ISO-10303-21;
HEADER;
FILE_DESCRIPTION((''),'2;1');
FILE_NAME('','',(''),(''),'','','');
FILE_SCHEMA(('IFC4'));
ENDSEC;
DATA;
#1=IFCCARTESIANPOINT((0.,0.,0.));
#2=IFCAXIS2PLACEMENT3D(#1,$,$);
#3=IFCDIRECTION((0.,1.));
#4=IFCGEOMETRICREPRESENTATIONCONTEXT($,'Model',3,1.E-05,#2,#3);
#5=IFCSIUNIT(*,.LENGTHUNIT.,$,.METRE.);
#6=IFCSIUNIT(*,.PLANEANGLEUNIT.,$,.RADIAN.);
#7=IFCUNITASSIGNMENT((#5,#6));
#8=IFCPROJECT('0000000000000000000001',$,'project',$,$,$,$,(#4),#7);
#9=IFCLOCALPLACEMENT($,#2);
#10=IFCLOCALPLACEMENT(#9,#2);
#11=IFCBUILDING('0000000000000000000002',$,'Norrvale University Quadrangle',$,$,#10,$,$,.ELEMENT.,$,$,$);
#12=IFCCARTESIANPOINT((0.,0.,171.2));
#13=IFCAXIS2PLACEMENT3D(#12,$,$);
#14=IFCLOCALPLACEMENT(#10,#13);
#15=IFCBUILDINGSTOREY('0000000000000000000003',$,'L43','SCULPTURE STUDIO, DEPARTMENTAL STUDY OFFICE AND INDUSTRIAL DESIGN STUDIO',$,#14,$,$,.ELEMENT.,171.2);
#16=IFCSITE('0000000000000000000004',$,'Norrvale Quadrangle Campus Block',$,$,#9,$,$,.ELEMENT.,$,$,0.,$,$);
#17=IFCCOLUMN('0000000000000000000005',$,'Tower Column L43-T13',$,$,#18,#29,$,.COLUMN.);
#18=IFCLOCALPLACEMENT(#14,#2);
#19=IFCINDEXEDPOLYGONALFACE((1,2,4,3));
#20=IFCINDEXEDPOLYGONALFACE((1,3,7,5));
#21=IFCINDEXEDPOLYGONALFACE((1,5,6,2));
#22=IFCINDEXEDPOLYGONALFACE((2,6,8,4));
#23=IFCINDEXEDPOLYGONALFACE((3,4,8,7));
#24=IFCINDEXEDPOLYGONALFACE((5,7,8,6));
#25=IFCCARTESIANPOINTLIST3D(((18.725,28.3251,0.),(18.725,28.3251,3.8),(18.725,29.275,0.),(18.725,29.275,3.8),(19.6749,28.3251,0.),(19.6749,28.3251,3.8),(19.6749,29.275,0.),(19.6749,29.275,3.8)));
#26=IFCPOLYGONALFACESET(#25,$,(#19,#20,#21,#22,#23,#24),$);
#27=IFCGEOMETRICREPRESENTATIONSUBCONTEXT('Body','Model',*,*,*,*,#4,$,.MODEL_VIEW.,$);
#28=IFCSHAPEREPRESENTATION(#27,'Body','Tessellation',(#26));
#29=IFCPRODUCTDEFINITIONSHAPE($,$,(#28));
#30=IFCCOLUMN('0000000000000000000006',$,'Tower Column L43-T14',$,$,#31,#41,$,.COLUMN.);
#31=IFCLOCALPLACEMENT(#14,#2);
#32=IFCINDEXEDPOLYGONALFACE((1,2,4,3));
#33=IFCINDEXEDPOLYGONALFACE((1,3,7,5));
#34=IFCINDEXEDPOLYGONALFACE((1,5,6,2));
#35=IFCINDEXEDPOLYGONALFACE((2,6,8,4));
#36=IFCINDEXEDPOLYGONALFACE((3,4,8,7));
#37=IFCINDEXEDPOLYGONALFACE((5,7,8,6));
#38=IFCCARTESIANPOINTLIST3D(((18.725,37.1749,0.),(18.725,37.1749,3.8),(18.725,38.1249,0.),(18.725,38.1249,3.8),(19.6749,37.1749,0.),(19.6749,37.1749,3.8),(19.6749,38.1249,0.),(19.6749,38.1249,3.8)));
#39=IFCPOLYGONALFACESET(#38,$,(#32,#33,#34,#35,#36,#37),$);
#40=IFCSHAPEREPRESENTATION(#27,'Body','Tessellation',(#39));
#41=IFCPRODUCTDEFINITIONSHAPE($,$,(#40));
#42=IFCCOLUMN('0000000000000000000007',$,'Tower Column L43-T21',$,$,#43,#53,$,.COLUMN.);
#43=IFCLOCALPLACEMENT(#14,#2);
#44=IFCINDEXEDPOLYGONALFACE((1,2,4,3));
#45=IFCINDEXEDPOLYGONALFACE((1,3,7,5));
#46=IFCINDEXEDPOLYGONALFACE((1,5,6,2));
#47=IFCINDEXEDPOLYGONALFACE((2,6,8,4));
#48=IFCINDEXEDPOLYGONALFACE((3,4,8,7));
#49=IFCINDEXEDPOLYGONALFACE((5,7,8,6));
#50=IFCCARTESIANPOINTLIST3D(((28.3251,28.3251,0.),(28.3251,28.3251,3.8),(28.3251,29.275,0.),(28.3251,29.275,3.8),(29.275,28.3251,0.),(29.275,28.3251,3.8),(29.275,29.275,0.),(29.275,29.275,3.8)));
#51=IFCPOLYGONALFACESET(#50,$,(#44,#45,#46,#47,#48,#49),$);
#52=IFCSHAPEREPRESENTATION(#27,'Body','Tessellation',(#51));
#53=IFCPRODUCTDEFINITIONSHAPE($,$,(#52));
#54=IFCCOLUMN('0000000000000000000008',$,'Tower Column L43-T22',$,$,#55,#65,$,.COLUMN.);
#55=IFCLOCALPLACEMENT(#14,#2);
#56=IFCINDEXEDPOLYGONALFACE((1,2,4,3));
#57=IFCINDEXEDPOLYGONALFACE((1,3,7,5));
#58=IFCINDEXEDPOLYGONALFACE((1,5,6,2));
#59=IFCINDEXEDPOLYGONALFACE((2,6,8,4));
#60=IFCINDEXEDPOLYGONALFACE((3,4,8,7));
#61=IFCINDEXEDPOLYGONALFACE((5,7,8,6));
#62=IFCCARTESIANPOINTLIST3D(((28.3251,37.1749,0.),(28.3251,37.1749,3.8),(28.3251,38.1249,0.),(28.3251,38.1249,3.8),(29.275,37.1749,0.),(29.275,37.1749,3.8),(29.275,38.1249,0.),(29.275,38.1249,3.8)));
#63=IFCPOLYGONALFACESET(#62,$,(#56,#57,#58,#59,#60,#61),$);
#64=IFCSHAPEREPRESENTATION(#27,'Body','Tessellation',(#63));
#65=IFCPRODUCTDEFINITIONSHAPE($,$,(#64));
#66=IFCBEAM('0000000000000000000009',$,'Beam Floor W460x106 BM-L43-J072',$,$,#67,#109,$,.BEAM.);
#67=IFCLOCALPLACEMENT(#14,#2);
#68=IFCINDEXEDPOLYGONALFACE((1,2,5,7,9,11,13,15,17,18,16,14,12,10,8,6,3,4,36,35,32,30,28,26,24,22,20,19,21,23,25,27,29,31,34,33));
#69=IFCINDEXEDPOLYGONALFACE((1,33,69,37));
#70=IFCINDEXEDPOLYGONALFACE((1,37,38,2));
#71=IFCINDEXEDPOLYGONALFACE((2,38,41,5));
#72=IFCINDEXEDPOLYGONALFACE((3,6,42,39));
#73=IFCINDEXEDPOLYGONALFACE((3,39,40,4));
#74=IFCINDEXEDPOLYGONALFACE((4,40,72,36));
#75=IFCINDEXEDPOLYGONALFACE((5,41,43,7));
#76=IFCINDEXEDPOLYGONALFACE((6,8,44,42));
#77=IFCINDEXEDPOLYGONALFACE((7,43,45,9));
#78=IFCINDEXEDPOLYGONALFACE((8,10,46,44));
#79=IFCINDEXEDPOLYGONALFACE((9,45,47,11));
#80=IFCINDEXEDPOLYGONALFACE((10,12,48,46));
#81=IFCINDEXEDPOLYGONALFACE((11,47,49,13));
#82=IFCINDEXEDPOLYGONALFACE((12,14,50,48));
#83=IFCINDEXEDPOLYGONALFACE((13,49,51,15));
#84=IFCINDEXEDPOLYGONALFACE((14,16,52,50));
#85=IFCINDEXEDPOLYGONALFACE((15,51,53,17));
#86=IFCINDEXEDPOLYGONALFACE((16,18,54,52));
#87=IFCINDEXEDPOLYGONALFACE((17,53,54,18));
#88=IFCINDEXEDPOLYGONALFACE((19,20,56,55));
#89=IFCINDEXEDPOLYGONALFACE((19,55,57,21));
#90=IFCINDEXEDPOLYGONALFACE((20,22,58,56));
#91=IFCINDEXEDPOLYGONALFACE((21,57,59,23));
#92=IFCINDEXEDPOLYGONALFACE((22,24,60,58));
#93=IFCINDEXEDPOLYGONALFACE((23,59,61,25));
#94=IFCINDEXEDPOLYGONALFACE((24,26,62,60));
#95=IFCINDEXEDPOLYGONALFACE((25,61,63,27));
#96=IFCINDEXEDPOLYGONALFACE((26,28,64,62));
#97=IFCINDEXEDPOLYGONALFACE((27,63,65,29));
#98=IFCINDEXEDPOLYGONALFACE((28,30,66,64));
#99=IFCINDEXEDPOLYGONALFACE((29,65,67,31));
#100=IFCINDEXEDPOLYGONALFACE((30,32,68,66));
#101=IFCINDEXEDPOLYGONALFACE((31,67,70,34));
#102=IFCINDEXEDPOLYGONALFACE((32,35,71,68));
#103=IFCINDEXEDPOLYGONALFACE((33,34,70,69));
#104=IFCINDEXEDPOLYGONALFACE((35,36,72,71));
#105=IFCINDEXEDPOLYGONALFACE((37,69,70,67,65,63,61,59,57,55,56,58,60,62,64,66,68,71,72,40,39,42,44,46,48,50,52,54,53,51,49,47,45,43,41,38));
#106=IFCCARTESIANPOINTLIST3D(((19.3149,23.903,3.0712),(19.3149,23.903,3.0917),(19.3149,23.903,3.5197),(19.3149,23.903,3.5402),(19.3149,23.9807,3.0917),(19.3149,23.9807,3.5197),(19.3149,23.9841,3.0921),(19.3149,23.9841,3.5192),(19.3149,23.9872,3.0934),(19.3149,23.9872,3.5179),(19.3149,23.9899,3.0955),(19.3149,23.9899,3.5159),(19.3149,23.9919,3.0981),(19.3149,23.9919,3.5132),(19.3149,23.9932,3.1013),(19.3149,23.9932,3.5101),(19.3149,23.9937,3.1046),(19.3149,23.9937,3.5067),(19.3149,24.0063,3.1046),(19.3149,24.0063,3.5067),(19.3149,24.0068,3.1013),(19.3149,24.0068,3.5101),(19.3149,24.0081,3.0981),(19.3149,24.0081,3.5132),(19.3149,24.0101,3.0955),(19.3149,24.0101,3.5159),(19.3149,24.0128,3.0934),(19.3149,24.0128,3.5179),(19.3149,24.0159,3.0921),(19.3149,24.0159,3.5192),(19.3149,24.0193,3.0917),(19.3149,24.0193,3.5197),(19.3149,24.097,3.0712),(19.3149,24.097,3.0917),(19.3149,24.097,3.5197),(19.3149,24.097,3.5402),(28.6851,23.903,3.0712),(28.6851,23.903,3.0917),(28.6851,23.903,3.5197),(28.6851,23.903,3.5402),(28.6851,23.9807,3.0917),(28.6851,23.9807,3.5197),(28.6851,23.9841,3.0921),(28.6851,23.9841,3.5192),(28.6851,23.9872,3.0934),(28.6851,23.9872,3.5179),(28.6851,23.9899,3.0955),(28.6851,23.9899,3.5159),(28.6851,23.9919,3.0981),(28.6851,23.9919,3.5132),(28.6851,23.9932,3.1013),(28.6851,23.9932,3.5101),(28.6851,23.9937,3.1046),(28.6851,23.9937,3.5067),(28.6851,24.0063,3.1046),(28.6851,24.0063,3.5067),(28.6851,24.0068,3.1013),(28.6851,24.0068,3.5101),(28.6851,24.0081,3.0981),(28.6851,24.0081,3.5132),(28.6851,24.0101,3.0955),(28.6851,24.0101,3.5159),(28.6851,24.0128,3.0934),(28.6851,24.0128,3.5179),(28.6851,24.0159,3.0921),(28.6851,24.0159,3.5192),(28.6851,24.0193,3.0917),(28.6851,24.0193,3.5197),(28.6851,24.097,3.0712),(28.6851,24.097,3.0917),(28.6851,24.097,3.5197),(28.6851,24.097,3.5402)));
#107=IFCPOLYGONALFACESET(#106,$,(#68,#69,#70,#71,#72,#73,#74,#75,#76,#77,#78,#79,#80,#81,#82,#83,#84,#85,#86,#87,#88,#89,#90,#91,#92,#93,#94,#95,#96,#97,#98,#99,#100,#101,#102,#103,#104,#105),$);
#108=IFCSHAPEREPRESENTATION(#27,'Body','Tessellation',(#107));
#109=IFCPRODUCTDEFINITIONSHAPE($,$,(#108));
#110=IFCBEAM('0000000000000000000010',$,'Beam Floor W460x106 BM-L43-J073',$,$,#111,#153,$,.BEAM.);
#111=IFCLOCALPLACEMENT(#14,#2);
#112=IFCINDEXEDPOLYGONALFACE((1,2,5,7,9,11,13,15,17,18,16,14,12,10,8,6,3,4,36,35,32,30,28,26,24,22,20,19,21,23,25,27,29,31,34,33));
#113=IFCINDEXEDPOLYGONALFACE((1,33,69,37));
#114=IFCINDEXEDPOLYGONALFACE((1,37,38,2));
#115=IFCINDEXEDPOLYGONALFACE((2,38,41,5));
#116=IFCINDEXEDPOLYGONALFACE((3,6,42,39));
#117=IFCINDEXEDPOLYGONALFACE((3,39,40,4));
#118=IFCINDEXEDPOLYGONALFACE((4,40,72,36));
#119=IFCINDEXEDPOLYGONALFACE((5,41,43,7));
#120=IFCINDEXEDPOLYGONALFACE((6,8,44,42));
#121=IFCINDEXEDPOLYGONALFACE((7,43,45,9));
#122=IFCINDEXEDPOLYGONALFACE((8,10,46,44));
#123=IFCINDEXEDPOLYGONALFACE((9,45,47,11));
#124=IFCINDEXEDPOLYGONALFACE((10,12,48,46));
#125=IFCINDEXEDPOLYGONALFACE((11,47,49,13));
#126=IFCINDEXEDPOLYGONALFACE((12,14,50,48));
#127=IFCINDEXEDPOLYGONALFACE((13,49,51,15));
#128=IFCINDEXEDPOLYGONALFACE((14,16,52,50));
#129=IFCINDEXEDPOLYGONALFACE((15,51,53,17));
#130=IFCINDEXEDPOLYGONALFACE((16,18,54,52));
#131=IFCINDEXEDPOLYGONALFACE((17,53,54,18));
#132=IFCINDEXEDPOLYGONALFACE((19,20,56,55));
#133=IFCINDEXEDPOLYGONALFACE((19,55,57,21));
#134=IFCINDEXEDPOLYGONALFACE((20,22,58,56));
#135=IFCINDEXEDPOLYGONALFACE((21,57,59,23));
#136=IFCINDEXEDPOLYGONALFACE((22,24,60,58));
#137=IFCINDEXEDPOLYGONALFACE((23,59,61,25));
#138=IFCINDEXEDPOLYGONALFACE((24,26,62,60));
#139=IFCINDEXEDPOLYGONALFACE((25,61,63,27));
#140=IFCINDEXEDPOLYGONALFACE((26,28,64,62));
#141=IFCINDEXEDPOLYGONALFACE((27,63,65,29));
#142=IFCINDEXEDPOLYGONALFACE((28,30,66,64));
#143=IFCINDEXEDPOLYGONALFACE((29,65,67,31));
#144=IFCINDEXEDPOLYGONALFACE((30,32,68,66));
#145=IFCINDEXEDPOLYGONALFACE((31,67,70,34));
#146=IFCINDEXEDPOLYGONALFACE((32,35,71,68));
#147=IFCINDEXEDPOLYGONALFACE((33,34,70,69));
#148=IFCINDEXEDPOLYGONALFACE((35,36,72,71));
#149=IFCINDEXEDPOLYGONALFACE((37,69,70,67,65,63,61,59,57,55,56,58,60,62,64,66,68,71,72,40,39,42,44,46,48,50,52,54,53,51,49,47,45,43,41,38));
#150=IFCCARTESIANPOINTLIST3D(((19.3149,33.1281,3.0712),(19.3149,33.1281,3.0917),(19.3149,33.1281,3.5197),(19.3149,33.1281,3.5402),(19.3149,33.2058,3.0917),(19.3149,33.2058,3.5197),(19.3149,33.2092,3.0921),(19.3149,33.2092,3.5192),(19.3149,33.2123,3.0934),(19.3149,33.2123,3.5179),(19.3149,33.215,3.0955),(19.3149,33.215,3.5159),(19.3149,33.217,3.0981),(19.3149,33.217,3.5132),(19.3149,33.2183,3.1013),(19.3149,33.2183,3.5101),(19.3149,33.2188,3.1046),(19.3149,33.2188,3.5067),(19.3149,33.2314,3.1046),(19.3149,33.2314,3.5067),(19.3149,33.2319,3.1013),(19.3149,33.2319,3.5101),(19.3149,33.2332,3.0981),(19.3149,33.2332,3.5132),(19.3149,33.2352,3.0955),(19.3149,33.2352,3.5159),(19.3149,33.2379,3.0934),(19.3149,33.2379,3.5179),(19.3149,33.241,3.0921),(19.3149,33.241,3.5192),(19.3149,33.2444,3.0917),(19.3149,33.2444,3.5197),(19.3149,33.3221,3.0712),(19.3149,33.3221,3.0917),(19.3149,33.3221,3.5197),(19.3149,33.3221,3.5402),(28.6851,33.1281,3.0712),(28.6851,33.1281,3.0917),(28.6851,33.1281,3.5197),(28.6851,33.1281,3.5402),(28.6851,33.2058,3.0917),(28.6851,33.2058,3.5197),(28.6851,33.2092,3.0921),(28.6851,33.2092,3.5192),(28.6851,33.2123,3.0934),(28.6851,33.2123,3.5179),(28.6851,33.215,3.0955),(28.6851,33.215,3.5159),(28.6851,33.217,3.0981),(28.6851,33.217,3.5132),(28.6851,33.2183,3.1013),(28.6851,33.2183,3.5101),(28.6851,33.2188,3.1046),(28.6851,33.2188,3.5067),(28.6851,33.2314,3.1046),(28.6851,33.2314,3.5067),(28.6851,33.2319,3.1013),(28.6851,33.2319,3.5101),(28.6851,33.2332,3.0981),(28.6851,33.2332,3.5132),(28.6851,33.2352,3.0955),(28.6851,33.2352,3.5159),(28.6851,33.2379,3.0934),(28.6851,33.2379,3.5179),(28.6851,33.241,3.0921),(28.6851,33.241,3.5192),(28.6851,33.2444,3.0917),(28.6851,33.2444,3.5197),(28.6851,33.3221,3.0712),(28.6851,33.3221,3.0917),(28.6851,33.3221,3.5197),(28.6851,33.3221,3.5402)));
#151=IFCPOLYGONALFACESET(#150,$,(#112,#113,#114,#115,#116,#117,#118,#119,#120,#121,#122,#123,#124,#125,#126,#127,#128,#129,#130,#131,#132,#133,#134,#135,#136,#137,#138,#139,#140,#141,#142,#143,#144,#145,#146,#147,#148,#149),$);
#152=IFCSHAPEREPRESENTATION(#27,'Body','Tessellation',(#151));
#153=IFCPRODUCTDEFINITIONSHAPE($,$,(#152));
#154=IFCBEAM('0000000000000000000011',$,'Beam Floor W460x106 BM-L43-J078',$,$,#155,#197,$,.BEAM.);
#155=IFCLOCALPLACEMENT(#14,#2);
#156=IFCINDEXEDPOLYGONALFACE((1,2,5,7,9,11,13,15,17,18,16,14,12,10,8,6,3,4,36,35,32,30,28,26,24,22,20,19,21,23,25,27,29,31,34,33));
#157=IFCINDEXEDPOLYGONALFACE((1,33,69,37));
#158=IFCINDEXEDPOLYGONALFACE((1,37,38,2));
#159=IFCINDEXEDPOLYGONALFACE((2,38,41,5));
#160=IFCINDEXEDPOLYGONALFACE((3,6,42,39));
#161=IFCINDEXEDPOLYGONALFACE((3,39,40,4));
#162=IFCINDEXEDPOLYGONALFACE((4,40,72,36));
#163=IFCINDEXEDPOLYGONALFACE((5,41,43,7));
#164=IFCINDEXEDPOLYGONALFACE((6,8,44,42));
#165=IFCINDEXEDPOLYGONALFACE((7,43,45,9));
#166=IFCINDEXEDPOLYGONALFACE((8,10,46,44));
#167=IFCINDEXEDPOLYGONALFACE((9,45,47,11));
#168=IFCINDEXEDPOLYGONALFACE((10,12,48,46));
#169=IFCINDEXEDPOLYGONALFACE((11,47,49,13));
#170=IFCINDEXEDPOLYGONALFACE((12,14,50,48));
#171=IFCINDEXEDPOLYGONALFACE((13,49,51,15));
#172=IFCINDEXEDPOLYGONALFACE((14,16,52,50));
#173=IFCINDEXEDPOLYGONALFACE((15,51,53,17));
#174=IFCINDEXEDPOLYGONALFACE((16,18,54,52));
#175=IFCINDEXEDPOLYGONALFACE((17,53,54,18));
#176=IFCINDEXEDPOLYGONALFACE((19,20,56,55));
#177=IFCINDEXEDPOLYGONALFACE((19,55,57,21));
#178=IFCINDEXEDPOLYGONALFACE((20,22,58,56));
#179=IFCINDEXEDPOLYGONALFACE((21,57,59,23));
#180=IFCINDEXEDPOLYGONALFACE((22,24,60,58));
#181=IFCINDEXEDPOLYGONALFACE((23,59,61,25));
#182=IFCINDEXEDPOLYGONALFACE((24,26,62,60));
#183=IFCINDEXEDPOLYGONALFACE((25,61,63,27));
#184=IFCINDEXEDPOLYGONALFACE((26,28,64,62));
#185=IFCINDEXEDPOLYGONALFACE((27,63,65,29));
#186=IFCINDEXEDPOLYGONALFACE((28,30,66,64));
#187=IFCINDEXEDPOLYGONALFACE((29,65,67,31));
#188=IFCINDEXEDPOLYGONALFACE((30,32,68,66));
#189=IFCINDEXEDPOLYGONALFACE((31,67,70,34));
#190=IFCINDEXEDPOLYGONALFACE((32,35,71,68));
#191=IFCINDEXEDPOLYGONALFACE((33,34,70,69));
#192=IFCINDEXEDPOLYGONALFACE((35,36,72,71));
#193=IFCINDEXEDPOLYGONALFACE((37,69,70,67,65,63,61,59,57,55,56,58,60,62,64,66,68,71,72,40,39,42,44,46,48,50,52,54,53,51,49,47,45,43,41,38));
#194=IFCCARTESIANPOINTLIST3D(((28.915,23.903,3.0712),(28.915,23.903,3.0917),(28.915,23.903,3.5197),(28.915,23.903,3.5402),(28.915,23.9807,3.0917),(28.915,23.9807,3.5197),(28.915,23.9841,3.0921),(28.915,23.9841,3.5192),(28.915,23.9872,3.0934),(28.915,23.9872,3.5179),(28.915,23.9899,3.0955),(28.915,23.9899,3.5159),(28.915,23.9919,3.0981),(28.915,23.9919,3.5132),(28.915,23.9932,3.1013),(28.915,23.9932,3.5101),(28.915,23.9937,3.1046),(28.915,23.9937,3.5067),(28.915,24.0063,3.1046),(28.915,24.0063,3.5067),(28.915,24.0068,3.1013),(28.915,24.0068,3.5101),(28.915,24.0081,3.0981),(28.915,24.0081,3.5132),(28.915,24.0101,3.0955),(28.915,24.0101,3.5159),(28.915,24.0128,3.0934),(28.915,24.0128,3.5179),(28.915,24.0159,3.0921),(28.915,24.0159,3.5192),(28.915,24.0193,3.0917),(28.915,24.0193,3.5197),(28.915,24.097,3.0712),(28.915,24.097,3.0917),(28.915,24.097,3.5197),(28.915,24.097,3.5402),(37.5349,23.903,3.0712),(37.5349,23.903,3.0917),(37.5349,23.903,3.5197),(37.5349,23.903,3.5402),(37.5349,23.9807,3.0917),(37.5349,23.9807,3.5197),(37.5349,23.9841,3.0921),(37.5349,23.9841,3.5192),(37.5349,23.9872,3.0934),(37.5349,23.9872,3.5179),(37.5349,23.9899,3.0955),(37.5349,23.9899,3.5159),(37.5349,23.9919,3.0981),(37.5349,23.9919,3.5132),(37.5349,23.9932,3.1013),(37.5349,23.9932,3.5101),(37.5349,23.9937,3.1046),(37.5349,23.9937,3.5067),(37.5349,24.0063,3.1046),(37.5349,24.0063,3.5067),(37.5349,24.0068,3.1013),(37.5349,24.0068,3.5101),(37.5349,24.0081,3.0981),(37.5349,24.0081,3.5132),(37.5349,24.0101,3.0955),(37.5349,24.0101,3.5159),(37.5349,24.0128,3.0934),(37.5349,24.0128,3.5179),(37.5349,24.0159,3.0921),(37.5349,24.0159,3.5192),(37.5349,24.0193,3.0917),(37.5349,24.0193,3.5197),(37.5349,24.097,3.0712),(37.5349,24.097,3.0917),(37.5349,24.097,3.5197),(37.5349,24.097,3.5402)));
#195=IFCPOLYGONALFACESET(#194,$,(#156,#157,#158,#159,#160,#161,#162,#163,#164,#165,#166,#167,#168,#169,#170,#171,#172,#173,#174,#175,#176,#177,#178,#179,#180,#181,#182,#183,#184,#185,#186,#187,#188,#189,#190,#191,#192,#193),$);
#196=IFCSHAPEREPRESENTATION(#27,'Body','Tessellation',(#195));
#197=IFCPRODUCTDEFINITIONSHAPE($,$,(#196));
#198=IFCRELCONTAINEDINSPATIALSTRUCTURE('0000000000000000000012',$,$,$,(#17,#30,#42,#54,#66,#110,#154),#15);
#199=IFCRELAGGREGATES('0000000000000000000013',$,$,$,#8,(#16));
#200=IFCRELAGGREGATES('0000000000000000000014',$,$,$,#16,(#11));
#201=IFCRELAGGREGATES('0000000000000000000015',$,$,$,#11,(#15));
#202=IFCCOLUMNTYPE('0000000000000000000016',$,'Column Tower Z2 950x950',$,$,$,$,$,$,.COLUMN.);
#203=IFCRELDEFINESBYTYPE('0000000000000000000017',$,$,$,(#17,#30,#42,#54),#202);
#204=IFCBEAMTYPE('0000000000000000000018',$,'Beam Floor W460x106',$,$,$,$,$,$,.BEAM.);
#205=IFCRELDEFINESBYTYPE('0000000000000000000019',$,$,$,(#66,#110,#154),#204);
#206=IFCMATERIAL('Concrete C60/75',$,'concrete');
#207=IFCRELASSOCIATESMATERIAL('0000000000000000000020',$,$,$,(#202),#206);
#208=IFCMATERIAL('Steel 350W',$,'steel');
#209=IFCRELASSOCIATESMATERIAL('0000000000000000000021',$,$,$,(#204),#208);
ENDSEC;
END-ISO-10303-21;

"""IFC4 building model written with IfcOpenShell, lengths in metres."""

from ifc_helpers import new_model, si_unit, direction, frame, origin, origin_2d, place, context, subcontext, project, spatial, rectangle, i_section, extrude, material, material_profile, profile_set, type_object, element, save


model = new_model("IFC4")

# Units and contexts
model_context = context("Model", 3, precision=1e-05, world=origin(), true_north=direction((0.0, 1.0)))
body_context = subcontext(model_context, "Body", "Model", "MODEL_VIEW")
ifc_project = project(units=[si_unit("LENGTHUNIT", "METRE"), si_unit("PLANEANGLEUNIT", "RADIAN")], contexts=[model_context])

# Site, building, storey
site_placement = place(None, origin())
site = spatial("IfcSite", under=ifc_project, at=site_placement, Name="Norrvale Quadrangle Campus Block", CompositionType="ELEMENT", RefElevation=0.0)
building_placement = place(site_placement, origin())
building = spatial("IfcBuilding", under=site, at=building_placement, Name="Norrvale University Quadrangle", CompositionType="ELEMENT")
storey_placement = place(building_placement, frame((0.0, 0.0, 171.2)))
storey = spatial("IfcBuildingStorey", under=building, at=storey_placement, Name="L43", Description="SCULPTURE STUDIO, DEPARTMENTAL STUDY OFFICE AND INDUSTRIAL DESIGN STUDIO", CompositionType="ELEMENT", Elevation=171.2)

# Columns
ifc_material_1 = material(Name="Concrete C60/75", Category="concrete")
ifc_material_profile_1 = material_profile(ifc_material_1, rectangle(XDim=0.95, YDim=0.95, at=origin_2d()), Name="Concrete C60/75")
ifc_profile_set_1 = profile_set([ifc_material_profile_1], Name="Concrete C60/75")
column_type = type_object("IfcColumnType", Name="Column Tower Z2 950x950", PredefinedType="COLUMN", material=ifc_profile_set_1)
for number, where, z_axis, x_axis, name in (
    (1, (19.2, 28.8, 0.0), (0.0, 0.0, 1.0), (1.0, 0.0, 0.0), "Tower Column L43-T13"),
    (2, (19.2, 37.6499, 0.0), (0.0, 0.0, 1.0), (1.0, 0.0, 0.0), "Tower Column L43-T14"),
    (3, (28.8, 28.8, 0.0), (0.0, 0.0, 1.0), (1.0, 0.0, 0.0), "Tower Column L43-T21"),
    (4, (28.8, 37.6499, 0.0), (0.0, 0.0, 1.0), (1.0, 0.0, 0.0), "Tower Column L43-T22"),
):
    element("IfcColumn", number, at=place(storey_placement, frame(where, z_axis=z_axis, x_axis=x_axis)), inside=storey, type_object=column_type, Name=name, PredefinedType="COLUMN", context=body_context, shape_type="SweptSolid", body=[
        extrude(rectangle(XDim=0.95, YDim=0.95, at=origin_2d()), origin(), (0.0, 0.0, 1.0), 3.8),
    ])

# Beams
ifc_material_2 = material(Name="Steel 350W", Category="steel")
ifc_material_profile_2 = material_profile(ifc_material_2, i_section(OverallWidth=0.1941, OverallDepth=0.469, WebThickness=0.0127, FlangeThickness=0.0205, FilletRadius=0.0129, at=origin_2d()), Name="Steel 350W")
ifc_profile_set_2 = profile_set([ifc_material_profile_2], Name="Steel 350W")
beam_type_1 = type_object("IfcBeamType", Name="Beam Floor W460x106", PredefinedType="BEAM", material=ifc_profile_set_2)
for number, where, z_axis, x_axis, name in (
    (5, (19.3149, 24.0, 3.3057), (1.0, 0.0, 0.0), (0.0, 1.0, 0.0), "Beam Floor W460x106 BM-L43-J072"),
    (6, (19.3149, 33.2251, 3.3057), (1.0, 0.0, 0.0), (0.0, 1.0, 0.0), "Beam Floor W460x106 BM-L43-J073"),
):
    element("IfcBeam", number, at=place(storey_placement, frame(where, z_axis=z_axis, x_axis=x_axis)), inside=storey, type_object=beam_type_1, Name=name, PredefinedType="BEAM", context=body_context, shape_type="SweptSolid", body=[
        extrude(i_section(OverallWidth=0.1941, OverallDepth=0.469, WebThickness=0.0127, FlangeThickness=0.0205, FilletRadius=0.0129, at=origin_2d()), origin(), (0.0, 0.0, 1.0), 9.3701),
    ])
for number, where, z_axis, x_axis, name in (
    (7, (28.915, 24.0, 3.3057), (1.0, 0.0, 0.0), (0.0, 1.0, 0.0), "Beam Floor W460x106 BM-L43-J078"),
):
    element("IfcBeam", number, at=place(storey_placement, frame(where, z_axis=z_axis, x_axis=x_axis)), inside=storey, type_object=beam_type_1, Name=name, PredefinedType="BEAM", context=body_context, shape_type="SweptSolid", body=[
        extrude(i_section(OverallWidth=0.1941, OverallDepth=0.469, WebThickness=0.0127, FlangeThickness=0.0205, FilletRadius=0.0129, at=origin_2d()), origin(), (0.0, 0.0, 1.0), 8.6199),
    ])

save(model, "model.ifc")
